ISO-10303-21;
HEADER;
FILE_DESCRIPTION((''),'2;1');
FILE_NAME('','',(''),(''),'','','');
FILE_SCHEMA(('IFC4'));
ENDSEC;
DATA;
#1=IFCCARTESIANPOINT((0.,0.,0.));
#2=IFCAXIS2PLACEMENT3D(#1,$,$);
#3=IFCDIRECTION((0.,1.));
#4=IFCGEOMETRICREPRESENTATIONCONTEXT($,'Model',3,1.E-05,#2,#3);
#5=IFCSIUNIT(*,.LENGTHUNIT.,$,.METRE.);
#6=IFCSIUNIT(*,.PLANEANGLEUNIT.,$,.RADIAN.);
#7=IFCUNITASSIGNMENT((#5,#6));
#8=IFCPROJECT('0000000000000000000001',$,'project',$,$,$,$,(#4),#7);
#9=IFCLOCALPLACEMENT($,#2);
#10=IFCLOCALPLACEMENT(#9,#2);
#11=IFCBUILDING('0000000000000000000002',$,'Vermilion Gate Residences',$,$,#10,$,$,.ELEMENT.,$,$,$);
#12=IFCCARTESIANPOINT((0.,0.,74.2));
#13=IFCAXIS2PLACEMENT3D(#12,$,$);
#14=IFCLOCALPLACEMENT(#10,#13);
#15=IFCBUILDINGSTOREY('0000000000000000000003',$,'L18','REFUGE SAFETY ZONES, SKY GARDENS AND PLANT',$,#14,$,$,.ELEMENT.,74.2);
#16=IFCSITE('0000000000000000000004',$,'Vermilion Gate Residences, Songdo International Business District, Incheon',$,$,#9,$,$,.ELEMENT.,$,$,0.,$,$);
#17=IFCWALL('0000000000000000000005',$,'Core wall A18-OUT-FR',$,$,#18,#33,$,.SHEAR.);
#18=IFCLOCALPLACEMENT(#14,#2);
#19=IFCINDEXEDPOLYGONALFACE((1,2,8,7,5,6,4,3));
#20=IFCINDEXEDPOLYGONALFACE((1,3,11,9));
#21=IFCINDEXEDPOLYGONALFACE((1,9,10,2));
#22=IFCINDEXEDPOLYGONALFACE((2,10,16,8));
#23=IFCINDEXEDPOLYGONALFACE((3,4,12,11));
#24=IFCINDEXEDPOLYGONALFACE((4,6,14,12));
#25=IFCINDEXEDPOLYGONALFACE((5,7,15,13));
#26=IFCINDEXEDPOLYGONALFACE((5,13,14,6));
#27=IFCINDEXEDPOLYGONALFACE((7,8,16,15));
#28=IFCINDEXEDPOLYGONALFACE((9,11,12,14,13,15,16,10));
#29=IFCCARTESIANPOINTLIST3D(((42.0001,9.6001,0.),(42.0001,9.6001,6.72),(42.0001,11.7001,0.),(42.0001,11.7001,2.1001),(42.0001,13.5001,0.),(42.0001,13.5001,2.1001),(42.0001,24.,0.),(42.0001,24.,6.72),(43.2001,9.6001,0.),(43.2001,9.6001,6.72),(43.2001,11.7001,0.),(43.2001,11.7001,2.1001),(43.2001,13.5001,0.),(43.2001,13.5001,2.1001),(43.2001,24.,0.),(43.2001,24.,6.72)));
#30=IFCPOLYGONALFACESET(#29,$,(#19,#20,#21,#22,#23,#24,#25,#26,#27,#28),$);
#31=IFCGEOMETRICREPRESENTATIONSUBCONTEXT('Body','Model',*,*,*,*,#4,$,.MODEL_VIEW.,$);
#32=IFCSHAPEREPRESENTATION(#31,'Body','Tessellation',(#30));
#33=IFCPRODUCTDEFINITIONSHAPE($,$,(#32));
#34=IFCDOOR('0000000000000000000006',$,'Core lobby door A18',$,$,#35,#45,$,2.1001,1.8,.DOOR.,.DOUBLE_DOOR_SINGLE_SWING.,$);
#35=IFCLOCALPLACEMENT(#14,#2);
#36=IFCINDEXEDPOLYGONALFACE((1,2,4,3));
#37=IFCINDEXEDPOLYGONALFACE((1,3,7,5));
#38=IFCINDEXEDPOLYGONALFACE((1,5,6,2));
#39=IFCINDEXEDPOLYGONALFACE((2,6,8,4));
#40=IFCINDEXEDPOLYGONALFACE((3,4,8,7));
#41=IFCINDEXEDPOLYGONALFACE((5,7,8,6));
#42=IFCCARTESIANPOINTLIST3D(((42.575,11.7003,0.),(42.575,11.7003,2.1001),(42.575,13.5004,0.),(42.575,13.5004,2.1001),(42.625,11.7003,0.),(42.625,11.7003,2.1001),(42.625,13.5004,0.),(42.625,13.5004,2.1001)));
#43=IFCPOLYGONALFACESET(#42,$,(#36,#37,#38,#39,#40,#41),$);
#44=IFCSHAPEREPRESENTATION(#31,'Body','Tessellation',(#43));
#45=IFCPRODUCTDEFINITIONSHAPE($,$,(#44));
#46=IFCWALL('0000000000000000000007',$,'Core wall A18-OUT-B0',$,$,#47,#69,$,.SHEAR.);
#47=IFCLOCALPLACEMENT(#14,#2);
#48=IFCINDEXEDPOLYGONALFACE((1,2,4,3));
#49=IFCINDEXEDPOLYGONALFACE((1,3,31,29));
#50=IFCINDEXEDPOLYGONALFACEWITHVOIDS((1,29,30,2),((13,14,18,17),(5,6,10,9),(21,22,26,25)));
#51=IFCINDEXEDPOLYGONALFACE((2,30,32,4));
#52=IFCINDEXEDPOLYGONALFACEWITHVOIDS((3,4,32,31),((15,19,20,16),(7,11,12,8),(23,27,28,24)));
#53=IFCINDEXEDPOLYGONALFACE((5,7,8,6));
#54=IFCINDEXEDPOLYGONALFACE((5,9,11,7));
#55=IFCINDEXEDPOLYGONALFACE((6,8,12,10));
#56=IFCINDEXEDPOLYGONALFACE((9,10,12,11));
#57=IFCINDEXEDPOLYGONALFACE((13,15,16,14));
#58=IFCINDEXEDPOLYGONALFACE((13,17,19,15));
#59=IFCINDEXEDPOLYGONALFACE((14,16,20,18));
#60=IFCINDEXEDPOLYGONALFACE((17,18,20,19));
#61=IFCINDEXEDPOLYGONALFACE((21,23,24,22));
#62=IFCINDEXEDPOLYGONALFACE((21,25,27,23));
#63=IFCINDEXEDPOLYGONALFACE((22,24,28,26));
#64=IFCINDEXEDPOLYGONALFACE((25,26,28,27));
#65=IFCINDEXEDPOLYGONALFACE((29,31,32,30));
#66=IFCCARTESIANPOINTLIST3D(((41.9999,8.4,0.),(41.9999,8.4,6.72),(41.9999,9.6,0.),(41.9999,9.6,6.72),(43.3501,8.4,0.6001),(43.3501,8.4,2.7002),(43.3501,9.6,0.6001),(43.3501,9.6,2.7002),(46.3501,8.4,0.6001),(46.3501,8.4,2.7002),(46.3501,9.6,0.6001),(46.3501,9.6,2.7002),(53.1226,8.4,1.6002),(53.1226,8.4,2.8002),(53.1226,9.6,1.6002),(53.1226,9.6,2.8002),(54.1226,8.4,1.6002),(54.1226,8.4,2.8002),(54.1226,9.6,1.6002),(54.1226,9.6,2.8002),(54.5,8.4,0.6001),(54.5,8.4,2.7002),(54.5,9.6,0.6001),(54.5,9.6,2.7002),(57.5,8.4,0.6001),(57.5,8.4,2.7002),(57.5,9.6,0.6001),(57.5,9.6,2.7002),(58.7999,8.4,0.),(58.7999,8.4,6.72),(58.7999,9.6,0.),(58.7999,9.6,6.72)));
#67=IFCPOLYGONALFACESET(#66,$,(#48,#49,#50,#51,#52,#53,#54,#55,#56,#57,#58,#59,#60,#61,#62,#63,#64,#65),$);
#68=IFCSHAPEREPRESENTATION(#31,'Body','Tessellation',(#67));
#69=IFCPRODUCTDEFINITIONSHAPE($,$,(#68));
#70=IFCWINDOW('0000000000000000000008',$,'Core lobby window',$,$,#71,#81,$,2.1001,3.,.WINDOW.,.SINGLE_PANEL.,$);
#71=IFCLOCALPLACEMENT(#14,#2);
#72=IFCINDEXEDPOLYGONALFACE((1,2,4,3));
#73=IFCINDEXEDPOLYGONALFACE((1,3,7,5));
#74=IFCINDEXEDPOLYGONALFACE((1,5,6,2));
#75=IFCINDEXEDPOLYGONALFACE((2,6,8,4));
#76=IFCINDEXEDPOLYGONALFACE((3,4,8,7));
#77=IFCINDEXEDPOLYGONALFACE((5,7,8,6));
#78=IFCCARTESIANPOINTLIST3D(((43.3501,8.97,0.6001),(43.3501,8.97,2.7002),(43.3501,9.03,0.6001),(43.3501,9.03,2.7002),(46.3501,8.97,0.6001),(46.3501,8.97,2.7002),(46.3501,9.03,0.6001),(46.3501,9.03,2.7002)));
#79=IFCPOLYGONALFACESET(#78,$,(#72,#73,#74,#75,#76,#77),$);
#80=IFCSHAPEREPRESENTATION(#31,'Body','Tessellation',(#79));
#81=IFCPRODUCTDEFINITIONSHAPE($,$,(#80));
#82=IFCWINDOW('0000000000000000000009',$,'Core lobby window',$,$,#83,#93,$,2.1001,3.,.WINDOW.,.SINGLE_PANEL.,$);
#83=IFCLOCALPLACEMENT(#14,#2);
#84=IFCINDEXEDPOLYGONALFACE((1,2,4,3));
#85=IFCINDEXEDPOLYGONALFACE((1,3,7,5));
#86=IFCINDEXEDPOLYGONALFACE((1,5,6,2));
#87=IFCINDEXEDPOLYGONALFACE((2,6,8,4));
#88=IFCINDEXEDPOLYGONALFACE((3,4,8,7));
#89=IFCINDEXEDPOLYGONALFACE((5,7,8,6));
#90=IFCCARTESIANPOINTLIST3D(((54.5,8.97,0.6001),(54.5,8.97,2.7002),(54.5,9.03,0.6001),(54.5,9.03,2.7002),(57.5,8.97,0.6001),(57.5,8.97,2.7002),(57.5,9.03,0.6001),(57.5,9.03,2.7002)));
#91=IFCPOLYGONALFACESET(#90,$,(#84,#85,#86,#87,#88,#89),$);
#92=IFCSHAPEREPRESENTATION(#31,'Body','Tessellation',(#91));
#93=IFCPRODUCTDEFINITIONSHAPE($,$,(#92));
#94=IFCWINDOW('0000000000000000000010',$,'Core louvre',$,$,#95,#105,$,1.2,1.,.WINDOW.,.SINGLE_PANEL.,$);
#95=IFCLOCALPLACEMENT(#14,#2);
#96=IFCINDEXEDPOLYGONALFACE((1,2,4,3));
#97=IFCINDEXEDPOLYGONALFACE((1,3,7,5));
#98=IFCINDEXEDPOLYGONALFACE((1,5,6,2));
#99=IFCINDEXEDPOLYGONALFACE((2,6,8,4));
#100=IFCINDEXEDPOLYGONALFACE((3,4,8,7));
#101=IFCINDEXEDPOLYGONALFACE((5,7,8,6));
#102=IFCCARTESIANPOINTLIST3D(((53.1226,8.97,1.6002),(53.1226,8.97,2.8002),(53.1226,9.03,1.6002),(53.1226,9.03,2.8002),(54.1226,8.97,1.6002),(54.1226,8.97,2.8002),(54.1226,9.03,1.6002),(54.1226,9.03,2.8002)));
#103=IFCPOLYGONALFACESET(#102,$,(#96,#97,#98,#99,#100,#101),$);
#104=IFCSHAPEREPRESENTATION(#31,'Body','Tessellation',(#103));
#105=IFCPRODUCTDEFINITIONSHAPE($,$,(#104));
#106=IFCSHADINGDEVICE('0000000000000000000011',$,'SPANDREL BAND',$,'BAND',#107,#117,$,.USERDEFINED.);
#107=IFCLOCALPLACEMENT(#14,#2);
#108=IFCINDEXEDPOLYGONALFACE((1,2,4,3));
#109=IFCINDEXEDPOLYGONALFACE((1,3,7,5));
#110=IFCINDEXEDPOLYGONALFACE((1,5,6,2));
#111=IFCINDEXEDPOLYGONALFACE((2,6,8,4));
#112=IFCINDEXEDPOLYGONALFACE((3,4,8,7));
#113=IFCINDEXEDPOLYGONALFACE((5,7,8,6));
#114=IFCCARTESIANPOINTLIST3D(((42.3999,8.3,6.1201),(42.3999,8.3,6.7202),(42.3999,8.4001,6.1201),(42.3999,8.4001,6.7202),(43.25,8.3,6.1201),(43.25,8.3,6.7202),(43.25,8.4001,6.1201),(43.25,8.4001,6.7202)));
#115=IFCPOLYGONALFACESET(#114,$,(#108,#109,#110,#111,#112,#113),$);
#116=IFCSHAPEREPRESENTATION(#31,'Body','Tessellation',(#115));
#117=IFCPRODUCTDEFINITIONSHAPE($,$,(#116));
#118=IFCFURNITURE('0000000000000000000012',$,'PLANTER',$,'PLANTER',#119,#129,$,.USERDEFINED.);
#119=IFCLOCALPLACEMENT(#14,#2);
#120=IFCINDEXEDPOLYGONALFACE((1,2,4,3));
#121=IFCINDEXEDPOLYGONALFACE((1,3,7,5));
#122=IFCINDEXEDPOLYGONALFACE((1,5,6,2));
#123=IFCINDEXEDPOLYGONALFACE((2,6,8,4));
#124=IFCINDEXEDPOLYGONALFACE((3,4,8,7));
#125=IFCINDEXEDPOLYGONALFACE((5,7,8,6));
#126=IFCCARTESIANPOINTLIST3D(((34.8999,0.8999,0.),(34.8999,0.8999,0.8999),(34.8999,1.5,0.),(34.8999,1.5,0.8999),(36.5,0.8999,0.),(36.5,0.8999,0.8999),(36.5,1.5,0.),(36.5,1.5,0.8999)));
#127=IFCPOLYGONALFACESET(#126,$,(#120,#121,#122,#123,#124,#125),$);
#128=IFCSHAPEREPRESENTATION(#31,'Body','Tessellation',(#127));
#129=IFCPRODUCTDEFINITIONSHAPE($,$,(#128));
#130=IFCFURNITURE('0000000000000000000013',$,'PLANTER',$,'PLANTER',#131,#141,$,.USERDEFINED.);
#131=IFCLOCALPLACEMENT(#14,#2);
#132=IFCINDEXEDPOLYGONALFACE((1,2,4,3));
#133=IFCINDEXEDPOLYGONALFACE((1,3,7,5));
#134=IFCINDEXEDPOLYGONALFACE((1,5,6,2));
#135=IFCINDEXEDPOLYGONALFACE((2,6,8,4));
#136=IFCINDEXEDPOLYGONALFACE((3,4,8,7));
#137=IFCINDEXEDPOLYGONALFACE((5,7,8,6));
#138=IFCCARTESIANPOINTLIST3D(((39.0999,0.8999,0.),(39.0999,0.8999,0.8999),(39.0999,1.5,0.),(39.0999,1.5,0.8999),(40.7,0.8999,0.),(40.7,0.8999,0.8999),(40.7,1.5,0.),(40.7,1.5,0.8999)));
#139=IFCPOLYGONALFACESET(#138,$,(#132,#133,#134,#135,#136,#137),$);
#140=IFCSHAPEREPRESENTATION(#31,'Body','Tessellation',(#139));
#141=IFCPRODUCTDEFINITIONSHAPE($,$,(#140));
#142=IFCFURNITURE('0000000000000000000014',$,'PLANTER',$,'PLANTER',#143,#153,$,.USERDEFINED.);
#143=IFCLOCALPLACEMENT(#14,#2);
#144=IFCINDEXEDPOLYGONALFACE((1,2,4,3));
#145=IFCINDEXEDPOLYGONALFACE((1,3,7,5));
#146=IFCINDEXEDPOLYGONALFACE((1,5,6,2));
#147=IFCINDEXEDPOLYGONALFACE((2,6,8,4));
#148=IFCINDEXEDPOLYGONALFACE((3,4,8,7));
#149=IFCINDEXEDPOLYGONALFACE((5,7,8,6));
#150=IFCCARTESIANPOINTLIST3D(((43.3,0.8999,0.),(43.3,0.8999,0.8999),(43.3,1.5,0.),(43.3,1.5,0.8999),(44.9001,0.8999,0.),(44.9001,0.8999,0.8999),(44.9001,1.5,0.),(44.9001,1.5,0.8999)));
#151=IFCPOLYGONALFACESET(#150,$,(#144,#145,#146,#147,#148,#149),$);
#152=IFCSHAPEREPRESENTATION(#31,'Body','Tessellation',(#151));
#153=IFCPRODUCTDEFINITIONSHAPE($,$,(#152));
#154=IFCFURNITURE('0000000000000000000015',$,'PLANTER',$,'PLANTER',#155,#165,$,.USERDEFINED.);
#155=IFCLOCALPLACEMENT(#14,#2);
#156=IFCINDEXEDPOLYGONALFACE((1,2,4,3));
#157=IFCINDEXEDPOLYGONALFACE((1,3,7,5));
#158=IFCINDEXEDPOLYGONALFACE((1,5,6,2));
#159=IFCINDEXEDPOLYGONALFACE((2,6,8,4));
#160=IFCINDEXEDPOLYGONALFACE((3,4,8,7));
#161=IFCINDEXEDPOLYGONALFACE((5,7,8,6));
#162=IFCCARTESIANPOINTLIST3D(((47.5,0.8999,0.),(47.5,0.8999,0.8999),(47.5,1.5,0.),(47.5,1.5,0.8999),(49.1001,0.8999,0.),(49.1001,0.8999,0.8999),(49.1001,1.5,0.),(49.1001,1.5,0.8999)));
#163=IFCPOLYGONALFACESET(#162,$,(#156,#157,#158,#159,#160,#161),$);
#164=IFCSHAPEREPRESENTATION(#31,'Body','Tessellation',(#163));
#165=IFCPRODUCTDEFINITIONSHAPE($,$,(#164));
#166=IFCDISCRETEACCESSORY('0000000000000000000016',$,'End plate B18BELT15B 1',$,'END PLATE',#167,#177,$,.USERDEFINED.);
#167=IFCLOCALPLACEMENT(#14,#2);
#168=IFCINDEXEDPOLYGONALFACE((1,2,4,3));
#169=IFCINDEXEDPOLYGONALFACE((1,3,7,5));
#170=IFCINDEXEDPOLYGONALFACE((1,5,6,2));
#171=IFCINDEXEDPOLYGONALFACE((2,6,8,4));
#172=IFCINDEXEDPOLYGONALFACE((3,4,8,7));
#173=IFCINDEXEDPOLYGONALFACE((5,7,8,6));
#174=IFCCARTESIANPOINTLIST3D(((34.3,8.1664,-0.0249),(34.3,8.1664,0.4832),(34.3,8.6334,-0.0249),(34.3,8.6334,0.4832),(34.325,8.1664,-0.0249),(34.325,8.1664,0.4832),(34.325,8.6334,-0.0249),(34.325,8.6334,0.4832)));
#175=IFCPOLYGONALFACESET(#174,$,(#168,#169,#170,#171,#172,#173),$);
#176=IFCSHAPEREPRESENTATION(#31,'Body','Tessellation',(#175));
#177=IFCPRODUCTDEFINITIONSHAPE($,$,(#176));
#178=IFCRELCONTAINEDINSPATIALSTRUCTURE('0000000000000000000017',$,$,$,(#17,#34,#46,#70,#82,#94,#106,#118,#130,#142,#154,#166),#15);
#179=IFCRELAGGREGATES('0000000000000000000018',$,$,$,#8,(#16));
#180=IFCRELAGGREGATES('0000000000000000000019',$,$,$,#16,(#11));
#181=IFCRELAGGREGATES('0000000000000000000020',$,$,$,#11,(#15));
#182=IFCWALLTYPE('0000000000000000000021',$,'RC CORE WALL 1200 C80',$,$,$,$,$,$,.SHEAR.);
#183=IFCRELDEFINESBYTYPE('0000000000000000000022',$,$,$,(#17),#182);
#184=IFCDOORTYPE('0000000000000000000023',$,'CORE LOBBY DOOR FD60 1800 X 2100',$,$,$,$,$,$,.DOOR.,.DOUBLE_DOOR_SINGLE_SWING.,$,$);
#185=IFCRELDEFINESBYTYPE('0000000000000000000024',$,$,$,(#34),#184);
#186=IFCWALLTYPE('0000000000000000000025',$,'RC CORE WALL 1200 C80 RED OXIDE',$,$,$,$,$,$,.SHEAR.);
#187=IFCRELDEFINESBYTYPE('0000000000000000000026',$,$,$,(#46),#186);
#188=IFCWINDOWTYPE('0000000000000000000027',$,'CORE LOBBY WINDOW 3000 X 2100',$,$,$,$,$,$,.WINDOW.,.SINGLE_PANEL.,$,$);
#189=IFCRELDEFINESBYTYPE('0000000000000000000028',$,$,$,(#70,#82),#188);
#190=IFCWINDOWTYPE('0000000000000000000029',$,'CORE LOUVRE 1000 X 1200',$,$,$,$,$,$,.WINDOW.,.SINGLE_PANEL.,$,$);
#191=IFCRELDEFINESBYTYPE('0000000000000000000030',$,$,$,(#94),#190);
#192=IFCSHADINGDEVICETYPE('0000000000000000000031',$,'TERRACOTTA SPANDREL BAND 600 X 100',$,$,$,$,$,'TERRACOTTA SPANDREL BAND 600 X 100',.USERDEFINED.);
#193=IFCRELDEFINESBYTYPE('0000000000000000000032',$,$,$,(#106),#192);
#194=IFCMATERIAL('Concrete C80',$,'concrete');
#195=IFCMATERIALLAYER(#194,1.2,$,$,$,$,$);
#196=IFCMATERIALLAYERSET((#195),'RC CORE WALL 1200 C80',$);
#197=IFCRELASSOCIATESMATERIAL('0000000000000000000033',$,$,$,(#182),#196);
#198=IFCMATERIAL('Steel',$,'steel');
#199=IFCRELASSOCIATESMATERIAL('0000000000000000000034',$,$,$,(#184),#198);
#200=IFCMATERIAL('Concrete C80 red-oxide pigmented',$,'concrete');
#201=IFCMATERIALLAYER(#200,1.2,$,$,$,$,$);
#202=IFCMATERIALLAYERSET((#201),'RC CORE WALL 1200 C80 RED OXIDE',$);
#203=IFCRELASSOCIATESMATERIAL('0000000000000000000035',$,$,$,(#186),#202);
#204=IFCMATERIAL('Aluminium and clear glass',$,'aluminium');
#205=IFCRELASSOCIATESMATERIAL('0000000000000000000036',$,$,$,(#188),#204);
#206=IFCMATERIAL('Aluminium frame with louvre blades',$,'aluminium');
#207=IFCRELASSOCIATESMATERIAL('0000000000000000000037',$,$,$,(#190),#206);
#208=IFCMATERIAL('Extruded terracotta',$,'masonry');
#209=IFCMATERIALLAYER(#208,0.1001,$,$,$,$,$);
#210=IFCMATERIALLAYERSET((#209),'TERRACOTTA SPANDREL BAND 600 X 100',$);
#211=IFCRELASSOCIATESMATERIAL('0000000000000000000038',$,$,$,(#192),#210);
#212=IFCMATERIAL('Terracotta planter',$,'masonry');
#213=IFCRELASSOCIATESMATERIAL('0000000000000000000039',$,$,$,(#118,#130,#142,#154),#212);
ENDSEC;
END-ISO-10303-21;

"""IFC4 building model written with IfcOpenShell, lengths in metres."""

from ifc_helpers import new_model, si_unit, direction, frame, frame_2d, origin, origin_2d, place, context, subcontext, project, spatial, rectangle, extrude, material, layer, layer_set, type_object, element, fill, save


model = new_model("IFC4")

# Units and contexts
model_context = context("Model", 3, precision=1e-05, world=origin(), true_north=direction((0.0, 1.0)))
body_context = subcontext(model_context, "Body", "Model", "MODEL_VIEW")
ifc_project = project(units=[si_unit("LENGTHUNIT", "METRE"), si_unit("PLANEANGLEUNIT", "RADIAN")], contexts=[model_context])

# Site, building, storey
site_placement = place(None, origin())
site = spatial("IfcSite", under=ifc_project, at=site_placement, Name="Vermilion Gate Residences, Songdo International Business District, Incheon", CompositionType="ELEMENT", RefElevation=0.0)
building_placement = place(site_placement, origin())
building = spatial("IfcBuilding", under=site, at=building_placement, Name="Vermilion Gate Residences", CompositionType="ELEMENT")
storey_placement = place(building_placement, frame((0.0, 0.0, 74.2)))
storey = spatial("IfcBuildingStorey", under=building, at=storey_placement, Name="L18", Description="REFUGE SAFETY ZONES, SKY GARDENS AND PLANT", CompositionType="ELEMENT", Elevation=74.2)

# Wall, opening, door
ifc_material_1 = material(Name="Concrete C80", Category="concrete")
ifc_layer_1 = layer(ifc_material_1, 1.2)
ifc_layer_set_1 = layer_set([ifc_layer_1], Name="RC CORE WALL 1200 C80")
wall_type_1 = type_object("IfcWallType", Name="RC CORE WALL 1200 C80", PredefinedType="SHEAR", material=ifc_layer_set_1)
wall_1_placement = place(storey_placement, frame((42.6001, 9.6001, 0.0), z_axis=(0.0, 0.0, 1.0), x_axis=(0.0, 1.0, 0.0)))
wall_1 = element("IfcWall", 1, at=wall_1_placement, inside=storey, type_object=wall_type_1, Name="Core wall A18-OUT-FR", PredefinedType="SHEAR", context=body_context, shape_type="SweptSolid", body=[
    extrude(rectangle(XDim=14.3999, YDim=1.2, at=frame_2d((7.2, 0.0))), origin(), (0.0, 0.0, 1.0), 6.72),
])
opening_1_placement = place(wall_1_placement, frame((2.1001, 0.0, 0.0)))
opening_1 = element("IfcOpeningElement", 2, at=opening_1_placement, cuts=wall_1, PredefinedType="OPENING", context=body_context, shape_type="SweptSolid", body=[
    extrude(rectangle(XDim=1.8, YDim=2.1001, at=frame_2d((0.8999, 1.05))), frame((0.0, 0.6099, 0.0), z_axis=(0.0, -1.0, 0.0), x_axis=(1.0, 0.0, 0.0)), (0.0, 0.0, 1.0), 1.22),
])
ifc_material_2 = material(Name="Steel", Category="steel")
door_type = type_object("IfcDoorType", Name="CORE LOBBY DOOR FD60 1800 X 2100", OperationType="DOUBLE_DOOR_SINGLE_SWING", PredefinedType="DOOR", material=ifc_material_2)
door_placement = place(opening_1_placement, frame((1.8, 0.0, 0.0), z_axis=(0.0, 0.0, 1.0), x_axis=(-1.0, 0.0, 0.0)))
door = element("IfcDoor", 3, at=door_placement, inside=storey, type_object=door_type, Name="Core lobby door A18", OperationType="DOUBLE_DOOR_SINGLE_SWING", OverallHeight=2.1001, OverallWidth=1.8, PredefinedType="DOOR", context=body_context, shape_type="SweptSolid", body=[
    extrude(rectangle(XDim=1.8, YDim=2.1001, at=frame_2d((0.8999, 1.05))), frame((0.0, 0.0249, 0.0), z_axis=(0.0, -1.0, 0.0), x_axis=(1.0, 0.0, 0.0)), (0.0, 0.0, 1.0), 0.05),
])
fill(opening_1, door)

# Wall, openings, windows
ifc_material_3 = material(Name="Concrete C80 red-oxide pigmented", Category="concrete")
ifc_layer_2 = layer(ifc_material_3, 1.2)
ifc_layer_set_2 = layer_set([ifc_layer_2], Name="RC CORE WALL 1200 C80 RED OXIDE")
wall_type_2 = type_object("IfcWallType", Name="RC CORE WALL 1200 C80 RED OXIDE", PredefinedType="SHEAR", material=ifc_layer_set_2)
wall_2_placement = place(storey_placement, frame((42.0, 9.0, 0.0), z_axis=(0.0, 0.0, 1.0), x_axis=(1.0, 0.0, 0.0)))
wall_2 = element("IfcWall", 4, at=wall_2_placement, inside=storey, type_object=wall_type_2, Name="Core wall A18-OUT-B0", PredefinedType="SHEAR", context=body_context, shape_type="SweptSolid", body=[
    extrude(rectangle(XDim=16.8, YDim=1.2, at=frame_2d((8.3999, 0.0))), origin(), (0.0, 0.0, 1.0), 6.72),
])
opening_2_placement = place(wall_2_placement, frame((1.3501, 0.0, 0.6001)))
opening_2 = element("IfcOpeningElement", 5, at=opening_2_placement, cuts=wall_2, PredefinedType="OPENING", context=body_context, shape_type="SweptSolid", body=[
    extrude(rectangle(XDim=3.0, YDim=2.1001, at=frame_2d((1.5, 1.05))), frame((0.0, 0.6099, 0.0), z_axis=(0.0, -1.0, 0.0), x_axis=(1.0, 0.0, 0.0)), (0.0, 0.0, 1.0), 1.22),
])
opening_3_placement = place(wall_2_placement, frame((11.1226, 0.0, 1.6001)))
opening_3 = element("IfcOpeningElement", 6, at=opening_3_placement, cuts=wall_2, PredefinedType="OPENING", context=body_context, shape_type="SweptSolid", body=[
    extrude(rectangle(XDim=1.0, YDim=1.2, at=frame_2d((0.5, 0.6001))), frame((0.0, 0.6099, 0.0), z_axis=(0.0, -1.0, 0.0), x_axis=(1.0, 0.0, 0.0)), (0.0, 0.0, 1.0), 1.22),
])
opening_4_placement = place(wall_2_placement, frame((12.5, 0.0, 0.6001)))
opening_4 = element("IfcOpeningElement", 7, at=opening_4_placement, cuts=wall_2, PredefinedType="OPENING", context=body_context, shape_type="SweptSolid", body=[
    extrude(rectangle(XDim=3.0, YDim=2.1001, at=frame_2d((1.5, 1.05))), frame((0.0, 0.6099, 0.0), z_axis=(0.0, -1.0, 0.0), x_axis=(1.0, 0.0, 0.0)), (0.0, 0.0, 1.0), 1.22),
])
ifc_material_4 = material(Name="Aluminium and clear glass", Category="aluminium")
window_type_1 = type_object("IfcWindowType", Name="CORE LOBBY WINDOW 3000 X 2100", PartitioningType="SINGLE_PANEL", PredefinedType="WINDOW", material=ifc_material_4)
window_1_placement = place(opening_2_placement, origin())
window_1 = element("IfcWindow", 8, at=window_1_placement, inside=storey, type_object=window_type_1, Name="Core lobby window", OverallHeight=2.1001, OverallWidth=3.0, PartitioningType="SINGLE_PANEL", PredefinedType="WINDOW", context=body_context, shape_type="SweptSolid", body=[
    extrude(rectangle(XDim=3.0, YDim=2.1001, at=frame_2d((1.5, 1.05))), frame((0.0, 0.03, 0.0), z_axis=(0.0, -1.0, 0.0), x_axis=(1.0, 0.0, 0.0)), (0.0, 0.0, 1.0), 0.0601),
])
fill(opening_2, window_1)
window_2_placement = place(opening_4_placement, origin())
window_2 = element("IfcWindow", 9, at=window_2_placement, inside=storey, type_object=window_type_1, Name="Core lobby window", OverallHeight=2.1001, OverallWidth=3.0, PartitioningType="SINGLE_PANEL", PredefinedType="WINDOW", context=body_context, shape_type="SweptSolid", body=[
    extrude(rectangle(XDim=3.0, YDim=2.1001, at=frame_2d((1.5, 1.05))), frame((0.0, 0.03, 0.0), z_axis=(0.0, -1.0, 0.0), x_axis=(1.0, 0.0, 0.0)), (0.0, 0.0, 1.0), 0.0601),
])
fill(opening_4, window_2)
ifc_material_5 = material(Name="Aluminium frame with louvre blades", Category="aluminium")
window_type_2 = type_object("IfcWindowType", Name="CORE LOUVRE 1000 X 1200", PartitioningType="SINGLE_PANEL", PredefinedType="WINDOW", material=ifc_material_5)
window_3_placement = place(opening_3_placement, origin())
window_3 = element("IfcWindow", 10, at=window_3_placement, inside=storey, type_object=window_type_2, Name="Core louvre", OverallHeight=1.2, OverallWidth=1.0, PartitioningType="SINGLE_PANEL", PredefinedType="WINDOW", context=body_context, shape_type="SweptSolid", body=[
    extrude(rectangle(XDim=1.0, YDim=1.2, at=frame_2d((0.5, 0.6001))), frame((0.0, 0.03, 0.0), z_axis=(0.0, -1.0, 0.0), x_axis=(1.0, 0.0, 0.0)), (0.0, 0.0, 1.0), 0.0601),
])
fill(opening_3, window_3)

# Shading device
ifc_material_6 = material(Name="Extruded terracotta", Category="masonry")
ifc_layer_3 = layer(ifc_material_6, 0.1001)
ifc_layer_set_3 = layer_set([ifc_layer_3], Name="TERRACOTTA SPANDREL BAND 600 X 100")
shading_device_type = type_object("IfcShadingDeviceType", Name="TERRACOTTA SPANDREL BAND 600 X 100", ElementType="TERRACOTTA SPANDREL BAND 600 X 100", PredefinedType="USERDEFINED", material=ifc_layer_set_3)
shading_device_placement = place(storey_placement, frame((42.825, 8.3501, 6.1201), z_axis=(0.0, 0.0, 1.0), x_axis=(1.0, 0.0, 0.0)))
element("IfcShadingDevice", 11, at=shading_device_placement, inside=storey, type_object=shading_device_type, Name="SPANDREL BAND", ObjectType="BAND", PredefinedType="USERDEFINED", context=body_context, shape_type="SweptSolid", body=[
    extrude(rectangle(XDim=0.8501, YDim=0.1001, at=origin_2d()), origin(), (0.0, 0.0, 1.0), 0.6001),
])

# Furniture
ifc_material_7 = material(Name="Terracotta planter", Category="masonry")
for number, where, z_axis, x_axis, name in (
    (12, (35.7, 1.2, 0.0), (0.0, 0.0, 1.0), (1.0, 0.0, 0.0), "PLANTER"),
    (13, (39.8999, 1.2, 0.0), (0.0, 0.0, 1.0), (1.0, 0.0, 0.0), "PLANTER"),
    (14, (44.1001, 1.2, 0.0), (0.0, 0.0, 1.0), (1.0, 0.0, 0.0), "PLANTER"),
    (15, (48.3, 1.2, 0.0), (0.0, 0.0, 1.0), (1.0, 0.0, 0.0), "PLANTER"),
):
    element("IfcFurniture", number, at=place(storey_placement, frame(where, z_axis=z_axis, x_axis=x_axis)), inside=storey, material=ifc_material_7, Name=name, ObjectType="PLANTER", PredefinedType="USERDEFINED", context=body_context, shape_type="SweptSolid", body=[
        extrude(rectangle(XDim=1.6001, YDim=0.6001, at=origin_2d()), origin(), (0.0, 0.0, 1.0), 0.8999),
    ])

# Discrete accessory
for number, where, z_axis, x_axis, name in (
    (16, (34.3125, 8.3999, -0.0249), (0.0, 0.0, 1.0), (1.0, 0.0, 0.0), "End plate B18BELT15B 1"),
):
    element("IfcDiscreteAccessory", number, at=place(storey_placement, frame(where, z_axis=z_axis, x_axis=x_axis)), inside=storey, Name=name, ObjectType="END PLATE", PredefinedType="USERDEFINED", context=body_context, shape_type="SweptSolid", body=[
        extrude(rectangle(XDim=0.0249, YDim=0.467, at=origin_2d()), origin(), (0.0, 0.0, 1.0), 0.5081),
    ])

save(model, "model.ifc")
